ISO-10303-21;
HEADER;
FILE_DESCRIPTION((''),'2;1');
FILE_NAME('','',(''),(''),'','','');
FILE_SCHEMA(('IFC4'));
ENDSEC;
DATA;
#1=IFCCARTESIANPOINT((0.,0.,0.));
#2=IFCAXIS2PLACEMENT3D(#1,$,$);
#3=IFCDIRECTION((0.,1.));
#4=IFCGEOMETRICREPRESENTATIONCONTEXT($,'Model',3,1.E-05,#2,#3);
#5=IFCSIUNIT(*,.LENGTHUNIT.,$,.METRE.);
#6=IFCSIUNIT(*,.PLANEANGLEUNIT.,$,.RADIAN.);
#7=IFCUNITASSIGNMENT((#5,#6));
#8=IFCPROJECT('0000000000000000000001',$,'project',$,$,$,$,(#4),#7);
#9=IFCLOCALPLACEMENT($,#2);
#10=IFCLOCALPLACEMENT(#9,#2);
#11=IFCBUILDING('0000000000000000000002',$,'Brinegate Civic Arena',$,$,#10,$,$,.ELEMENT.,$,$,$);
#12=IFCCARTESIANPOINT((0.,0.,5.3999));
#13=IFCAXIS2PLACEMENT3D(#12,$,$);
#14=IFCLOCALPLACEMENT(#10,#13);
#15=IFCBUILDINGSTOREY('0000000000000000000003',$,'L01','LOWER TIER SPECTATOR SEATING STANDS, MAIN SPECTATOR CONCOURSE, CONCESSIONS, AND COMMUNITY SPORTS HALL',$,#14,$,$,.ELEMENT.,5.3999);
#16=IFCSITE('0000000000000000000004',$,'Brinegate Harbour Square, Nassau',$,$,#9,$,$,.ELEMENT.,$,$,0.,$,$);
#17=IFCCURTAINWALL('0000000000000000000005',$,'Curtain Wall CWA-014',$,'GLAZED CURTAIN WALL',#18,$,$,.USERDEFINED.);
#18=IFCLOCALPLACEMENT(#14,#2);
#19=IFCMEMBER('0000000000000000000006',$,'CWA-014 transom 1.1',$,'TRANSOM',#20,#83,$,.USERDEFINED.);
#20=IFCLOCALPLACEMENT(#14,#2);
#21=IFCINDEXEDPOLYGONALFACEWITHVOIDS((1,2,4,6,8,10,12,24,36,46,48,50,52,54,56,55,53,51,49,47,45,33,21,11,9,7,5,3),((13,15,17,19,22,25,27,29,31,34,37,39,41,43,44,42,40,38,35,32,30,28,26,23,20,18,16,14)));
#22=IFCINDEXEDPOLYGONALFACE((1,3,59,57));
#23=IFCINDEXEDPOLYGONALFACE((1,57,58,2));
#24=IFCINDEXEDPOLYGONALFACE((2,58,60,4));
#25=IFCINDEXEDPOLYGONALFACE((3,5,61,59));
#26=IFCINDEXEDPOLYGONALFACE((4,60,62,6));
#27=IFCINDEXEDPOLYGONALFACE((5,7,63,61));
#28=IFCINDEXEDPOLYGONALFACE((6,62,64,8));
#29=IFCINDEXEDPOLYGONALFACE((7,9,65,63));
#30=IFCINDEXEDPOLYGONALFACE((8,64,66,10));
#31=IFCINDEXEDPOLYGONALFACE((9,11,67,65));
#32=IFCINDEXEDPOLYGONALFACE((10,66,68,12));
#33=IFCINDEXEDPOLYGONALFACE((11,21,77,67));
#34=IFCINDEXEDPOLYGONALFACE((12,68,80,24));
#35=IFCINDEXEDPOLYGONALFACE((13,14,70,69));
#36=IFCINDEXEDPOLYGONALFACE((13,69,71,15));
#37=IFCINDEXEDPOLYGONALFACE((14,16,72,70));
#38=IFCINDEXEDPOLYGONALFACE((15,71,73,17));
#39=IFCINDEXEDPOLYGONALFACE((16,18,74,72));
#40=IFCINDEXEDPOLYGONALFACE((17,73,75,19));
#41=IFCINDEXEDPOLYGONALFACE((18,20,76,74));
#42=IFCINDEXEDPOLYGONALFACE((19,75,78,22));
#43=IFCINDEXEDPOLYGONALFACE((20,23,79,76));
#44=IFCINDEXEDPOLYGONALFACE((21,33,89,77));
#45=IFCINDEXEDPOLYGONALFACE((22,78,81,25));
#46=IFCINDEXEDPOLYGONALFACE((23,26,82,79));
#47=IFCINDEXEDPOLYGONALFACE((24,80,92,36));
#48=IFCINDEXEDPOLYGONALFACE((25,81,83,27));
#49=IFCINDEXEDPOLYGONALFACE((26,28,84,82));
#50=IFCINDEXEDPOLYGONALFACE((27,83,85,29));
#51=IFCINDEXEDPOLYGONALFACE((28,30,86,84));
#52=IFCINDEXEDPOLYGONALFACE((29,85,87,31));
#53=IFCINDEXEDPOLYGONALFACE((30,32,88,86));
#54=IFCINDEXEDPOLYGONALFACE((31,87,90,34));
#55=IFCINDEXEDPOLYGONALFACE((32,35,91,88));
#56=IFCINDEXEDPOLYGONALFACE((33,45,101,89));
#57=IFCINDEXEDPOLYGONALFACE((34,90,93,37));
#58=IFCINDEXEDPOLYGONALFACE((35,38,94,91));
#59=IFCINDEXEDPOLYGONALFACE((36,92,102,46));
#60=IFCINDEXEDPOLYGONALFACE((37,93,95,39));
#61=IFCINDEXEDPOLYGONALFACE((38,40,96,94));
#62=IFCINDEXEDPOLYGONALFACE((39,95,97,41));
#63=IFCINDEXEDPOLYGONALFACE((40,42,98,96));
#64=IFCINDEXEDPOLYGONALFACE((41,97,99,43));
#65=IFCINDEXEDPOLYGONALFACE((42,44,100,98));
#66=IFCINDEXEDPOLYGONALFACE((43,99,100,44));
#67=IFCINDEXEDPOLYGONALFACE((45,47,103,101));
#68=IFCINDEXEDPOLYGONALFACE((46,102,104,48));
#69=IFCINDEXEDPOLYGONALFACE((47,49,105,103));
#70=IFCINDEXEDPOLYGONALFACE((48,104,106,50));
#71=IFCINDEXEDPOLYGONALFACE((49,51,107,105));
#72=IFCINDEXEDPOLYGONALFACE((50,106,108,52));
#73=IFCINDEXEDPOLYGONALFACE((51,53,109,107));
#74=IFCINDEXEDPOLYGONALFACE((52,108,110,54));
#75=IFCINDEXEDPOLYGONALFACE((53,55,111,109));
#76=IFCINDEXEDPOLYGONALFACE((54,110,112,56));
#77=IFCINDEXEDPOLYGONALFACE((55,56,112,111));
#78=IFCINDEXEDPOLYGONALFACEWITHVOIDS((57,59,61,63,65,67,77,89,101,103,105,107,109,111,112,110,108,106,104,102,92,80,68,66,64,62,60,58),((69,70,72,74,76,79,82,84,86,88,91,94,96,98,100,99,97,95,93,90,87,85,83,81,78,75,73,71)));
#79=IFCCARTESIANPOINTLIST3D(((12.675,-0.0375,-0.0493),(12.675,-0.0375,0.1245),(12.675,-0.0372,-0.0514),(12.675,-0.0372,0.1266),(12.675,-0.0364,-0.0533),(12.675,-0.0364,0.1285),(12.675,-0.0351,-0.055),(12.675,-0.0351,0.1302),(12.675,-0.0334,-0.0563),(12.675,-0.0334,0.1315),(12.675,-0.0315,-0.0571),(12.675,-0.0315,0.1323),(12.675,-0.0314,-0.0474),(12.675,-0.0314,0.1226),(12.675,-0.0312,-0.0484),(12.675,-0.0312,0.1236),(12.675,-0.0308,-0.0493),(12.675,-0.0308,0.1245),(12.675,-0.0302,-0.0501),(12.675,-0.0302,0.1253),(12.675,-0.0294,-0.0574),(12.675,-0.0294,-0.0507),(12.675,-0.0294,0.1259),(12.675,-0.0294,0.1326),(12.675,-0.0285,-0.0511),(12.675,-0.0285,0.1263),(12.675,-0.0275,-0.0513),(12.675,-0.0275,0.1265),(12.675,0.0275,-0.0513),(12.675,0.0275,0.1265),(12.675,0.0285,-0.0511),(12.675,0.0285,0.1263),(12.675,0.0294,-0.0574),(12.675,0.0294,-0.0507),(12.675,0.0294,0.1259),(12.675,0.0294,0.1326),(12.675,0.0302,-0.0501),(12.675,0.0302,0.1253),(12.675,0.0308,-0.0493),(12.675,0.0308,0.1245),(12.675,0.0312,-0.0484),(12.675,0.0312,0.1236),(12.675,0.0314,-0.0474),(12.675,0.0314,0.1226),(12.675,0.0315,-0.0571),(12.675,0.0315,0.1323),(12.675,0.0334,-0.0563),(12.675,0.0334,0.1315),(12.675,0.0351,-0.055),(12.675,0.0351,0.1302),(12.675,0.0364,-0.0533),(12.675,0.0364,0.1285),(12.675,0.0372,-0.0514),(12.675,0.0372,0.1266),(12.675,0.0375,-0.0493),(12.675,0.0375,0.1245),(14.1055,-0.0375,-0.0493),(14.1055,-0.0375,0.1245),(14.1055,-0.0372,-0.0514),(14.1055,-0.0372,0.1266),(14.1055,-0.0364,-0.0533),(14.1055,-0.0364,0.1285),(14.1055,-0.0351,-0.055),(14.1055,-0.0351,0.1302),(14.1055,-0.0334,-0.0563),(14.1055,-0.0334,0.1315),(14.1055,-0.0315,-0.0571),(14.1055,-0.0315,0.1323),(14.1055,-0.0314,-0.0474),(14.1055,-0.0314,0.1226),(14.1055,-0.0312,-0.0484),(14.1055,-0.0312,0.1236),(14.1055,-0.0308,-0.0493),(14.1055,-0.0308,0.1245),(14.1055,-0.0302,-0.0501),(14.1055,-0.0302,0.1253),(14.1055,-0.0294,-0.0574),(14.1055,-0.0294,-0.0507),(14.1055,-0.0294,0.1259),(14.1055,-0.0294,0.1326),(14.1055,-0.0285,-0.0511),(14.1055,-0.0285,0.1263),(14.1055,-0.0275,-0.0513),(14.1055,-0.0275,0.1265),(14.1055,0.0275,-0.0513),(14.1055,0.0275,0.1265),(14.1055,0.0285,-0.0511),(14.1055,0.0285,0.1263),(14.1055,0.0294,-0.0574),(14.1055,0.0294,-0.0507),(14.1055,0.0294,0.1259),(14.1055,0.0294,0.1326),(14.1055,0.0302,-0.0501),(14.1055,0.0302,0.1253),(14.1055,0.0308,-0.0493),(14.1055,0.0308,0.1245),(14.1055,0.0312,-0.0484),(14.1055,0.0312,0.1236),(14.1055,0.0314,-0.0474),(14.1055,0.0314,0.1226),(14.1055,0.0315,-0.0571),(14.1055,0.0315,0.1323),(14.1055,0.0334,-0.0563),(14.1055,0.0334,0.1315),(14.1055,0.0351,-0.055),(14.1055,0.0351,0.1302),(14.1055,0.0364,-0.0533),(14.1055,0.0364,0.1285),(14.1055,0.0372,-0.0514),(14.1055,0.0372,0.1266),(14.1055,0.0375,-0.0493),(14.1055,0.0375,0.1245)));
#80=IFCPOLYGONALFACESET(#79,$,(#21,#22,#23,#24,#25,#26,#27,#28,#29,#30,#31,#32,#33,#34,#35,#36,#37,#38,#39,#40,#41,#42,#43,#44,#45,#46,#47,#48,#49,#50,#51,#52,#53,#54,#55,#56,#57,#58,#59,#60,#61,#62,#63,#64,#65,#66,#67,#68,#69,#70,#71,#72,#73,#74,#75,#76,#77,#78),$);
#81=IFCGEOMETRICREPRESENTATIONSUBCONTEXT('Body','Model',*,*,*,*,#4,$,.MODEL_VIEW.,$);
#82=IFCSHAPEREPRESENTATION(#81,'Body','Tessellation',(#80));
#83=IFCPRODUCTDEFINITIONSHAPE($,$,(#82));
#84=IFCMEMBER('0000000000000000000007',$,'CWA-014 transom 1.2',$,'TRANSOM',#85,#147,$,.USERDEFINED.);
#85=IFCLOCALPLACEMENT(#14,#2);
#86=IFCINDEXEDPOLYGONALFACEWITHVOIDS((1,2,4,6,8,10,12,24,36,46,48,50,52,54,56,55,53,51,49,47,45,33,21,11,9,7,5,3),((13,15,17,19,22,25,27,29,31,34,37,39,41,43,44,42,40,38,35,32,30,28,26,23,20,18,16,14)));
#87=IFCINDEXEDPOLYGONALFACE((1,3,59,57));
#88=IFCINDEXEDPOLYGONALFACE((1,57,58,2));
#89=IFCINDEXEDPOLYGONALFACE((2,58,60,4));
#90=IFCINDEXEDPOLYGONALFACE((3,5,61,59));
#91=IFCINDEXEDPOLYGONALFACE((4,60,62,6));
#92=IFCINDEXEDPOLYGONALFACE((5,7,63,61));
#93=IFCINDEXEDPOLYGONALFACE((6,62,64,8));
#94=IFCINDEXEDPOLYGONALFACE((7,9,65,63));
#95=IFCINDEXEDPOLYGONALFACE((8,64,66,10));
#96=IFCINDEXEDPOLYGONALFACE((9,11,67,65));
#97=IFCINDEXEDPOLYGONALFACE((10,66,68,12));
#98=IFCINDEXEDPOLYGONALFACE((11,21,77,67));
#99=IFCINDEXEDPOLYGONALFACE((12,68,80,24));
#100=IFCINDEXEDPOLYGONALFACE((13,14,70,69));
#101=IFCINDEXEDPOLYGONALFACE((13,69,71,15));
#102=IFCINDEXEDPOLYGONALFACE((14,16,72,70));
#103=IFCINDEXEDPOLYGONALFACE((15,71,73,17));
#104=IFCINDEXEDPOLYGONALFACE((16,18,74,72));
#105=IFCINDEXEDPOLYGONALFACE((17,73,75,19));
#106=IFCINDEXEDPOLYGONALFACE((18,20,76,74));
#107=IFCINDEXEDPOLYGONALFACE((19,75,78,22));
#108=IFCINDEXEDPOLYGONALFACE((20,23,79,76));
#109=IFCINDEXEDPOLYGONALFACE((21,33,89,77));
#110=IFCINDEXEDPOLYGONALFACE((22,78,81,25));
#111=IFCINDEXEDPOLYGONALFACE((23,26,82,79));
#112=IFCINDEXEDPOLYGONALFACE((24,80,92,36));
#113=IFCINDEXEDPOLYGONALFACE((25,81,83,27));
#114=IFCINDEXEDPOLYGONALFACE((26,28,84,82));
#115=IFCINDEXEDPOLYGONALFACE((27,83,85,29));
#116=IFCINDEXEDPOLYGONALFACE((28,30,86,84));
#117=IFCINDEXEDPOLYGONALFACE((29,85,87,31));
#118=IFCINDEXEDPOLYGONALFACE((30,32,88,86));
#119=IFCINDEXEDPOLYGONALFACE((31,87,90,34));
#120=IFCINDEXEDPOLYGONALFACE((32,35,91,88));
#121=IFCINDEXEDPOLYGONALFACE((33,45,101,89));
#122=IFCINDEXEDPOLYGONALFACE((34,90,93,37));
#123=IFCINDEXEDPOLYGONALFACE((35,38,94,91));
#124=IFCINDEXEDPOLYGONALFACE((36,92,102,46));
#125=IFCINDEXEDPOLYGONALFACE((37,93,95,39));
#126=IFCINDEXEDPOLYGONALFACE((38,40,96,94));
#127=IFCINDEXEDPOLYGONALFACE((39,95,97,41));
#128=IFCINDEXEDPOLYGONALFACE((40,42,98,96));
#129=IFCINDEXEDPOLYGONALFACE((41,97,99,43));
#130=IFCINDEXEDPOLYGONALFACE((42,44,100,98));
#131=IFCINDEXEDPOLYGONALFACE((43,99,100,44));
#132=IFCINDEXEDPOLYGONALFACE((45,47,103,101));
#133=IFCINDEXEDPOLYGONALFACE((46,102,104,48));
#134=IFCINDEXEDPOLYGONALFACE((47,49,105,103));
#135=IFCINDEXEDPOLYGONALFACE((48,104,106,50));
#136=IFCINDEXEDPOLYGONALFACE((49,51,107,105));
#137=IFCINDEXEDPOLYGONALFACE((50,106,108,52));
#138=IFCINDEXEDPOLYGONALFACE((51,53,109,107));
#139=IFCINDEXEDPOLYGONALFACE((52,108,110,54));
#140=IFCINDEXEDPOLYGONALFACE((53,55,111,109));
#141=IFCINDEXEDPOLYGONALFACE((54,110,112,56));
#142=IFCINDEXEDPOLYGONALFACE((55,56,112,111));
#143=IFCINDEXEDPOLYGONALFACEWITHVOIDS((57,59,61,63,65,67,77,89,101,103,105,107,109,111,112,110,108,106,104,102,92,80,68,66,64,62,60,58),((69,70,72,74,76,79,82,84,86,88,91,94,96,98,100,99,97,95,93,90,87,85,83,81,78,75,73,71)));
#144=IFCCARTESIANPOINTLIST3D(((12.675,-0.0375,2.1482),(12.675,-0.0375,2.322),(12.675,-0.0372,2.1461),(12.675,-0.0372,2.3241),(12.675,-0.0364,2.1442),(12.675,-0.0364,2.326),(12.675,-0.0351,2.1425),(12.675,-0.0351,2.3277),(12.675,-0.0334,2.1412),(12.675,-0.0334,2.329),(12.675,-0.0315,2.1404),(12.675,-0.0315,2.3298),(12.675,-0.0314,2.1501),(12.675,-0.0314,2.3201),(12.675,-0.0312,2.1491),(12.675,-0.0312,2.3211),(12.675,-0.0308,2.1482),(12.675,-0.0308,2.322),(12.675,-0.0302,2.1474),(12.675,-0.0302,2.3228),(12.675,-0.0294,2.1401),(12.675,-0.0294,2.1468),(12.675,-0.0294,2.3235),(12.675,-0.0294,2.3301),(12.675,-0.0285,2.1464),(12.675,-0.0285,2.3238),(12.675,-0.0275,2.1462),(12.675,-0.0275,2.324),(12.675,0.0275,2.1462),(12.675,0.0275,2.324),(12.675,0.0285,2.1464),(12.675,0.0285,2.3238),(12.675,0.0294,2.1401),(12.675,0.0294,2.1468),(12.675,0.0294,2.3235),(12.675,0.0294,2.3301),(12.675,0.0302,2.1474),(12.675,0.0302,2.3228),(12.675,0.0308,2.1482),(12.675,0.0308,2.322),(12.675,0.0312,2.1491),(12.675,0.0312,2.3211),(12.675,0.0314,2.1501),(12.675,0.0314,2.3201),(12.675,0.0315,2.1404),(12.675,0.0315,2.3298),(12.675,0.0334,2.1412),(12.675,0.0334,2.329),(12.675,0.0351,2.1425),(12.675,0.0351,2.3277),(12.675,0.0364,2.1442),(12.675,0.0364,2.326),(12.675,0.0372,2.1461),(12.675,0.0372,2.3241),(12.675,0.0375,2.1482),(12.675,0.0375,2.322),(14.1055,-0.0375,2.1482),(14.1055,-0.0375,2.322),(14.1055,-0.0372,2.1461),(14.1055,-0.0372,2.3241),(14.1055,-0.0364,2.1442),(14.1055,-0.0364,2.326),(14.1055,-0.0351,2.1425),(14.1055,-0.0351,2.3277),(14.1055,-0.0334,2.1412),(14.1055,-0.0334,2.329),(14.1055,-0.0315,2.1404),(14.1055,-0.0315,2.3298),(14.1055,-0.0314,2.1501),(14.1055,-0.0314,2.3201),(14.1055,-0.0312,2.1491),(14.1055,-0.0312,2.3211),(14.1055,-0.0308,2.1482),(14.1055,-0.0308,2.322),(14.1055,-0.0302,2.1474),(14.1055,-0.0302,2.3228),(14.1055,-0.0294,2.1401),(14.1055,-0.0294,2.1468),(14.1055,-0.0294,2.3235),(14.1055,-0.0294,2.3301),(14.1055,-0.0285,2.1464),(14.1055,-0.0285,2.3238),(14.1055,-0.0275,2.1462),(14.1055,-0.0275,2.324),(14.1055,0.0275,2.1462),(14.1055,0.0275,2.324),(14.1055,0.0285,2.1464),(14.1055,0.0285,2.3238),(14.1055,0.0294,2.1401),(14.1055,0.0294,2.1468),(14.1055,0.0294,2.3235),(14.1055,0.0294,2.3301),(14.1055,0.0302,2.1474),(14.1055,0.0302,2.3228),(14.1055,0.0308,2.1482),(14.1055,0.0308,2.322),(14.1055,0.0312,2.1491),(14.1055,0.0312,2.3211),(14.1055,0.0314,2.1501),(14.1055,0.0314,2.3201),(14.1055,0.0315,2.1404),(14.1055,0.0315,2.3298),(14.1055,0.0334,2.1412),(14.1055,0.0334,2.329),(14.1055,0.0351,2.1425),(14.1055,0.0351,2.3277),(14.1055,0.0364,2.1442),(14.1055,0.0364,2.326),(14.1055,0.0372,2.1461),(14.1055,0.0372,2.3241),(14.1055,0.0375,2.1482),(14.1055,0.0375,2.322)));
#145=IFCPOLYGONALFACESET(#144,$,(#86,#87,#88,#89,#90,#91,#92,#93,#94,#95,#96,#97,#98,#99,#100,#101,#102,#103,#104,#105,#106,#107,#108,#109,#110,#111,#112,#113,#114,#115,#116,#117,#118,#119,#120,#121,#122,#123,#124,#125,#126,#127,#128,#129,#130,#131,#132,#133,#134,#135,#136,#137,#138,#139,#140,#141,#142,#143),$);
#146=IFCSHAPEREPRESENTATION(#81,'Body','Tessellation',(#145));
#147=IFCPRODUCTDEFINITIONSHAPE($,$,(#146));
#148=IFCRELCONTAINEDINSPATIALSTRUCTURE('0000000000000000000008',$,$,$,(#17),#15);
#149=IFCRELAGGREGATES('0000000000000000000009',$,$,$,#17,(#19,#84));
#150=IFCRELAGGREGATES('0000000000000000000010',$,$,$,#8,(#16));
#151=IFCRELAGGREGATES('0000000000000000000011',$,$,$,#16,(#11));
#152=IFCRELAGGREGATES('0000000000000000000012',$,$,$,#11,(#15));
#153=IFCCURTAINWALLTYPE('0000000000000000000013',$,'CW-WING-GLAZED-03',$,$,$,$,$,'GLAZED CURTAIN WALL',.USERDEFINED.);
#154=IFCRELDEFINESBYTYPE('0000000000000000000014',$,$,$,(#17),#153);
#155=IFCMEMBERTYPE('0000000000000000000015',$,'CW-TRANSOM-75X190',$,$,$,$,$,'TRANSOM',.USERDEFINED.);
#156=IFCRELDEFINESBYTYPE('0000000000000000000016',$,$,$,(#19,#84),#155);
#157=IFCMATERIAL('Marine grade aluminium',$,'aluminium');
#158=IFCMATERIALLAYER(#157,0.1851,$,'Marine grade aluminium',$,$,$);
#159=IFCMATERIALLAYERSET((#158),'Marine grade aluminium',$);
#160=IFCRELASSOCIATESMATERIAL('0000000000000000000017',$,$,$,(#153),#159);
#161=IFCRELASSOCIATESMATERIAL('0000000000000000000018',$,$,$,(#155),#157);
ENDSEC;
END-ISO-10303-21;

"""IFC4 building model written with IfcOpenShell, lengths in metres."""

from ifc_helpers import new_model, si_unit, direction, frame, origin, origin_2d, place, context, subcontext, project, spatial, hollow_rectangle, extrude, material, layer, layer_set, material_profile, profile_set, type_object, element, aggregate, save


model = new_model("IFC4")

# Units and contexts
model_context = context("Model", 3, precision=1e-05, world=origin(), true_north=direction((0.0, 1.0)))
body_context = subcontext(model_context, "Body", "Model", "MODEL_VIEW")
ifc_project = project(units=[si_unit("LENGTHUNIT", "METRE"), si_unit("PLANEANGLEUNIT", "RADIAN")], contexts=[model_context])

# Site, building, storey
site_placement = place(None, origin())
site = spatial("IfcSite", under=ifc_project, at=site_placement, Name="Brinegate Harbour Square, Nassau", CompositionType="ELEMENT", RefElevation=0.0)
building_placement = place(site_placement, origin())
building = spatial("IfcBuilding", under=site, at=building_placement, Name="Brinegate Civic Arena", CompositionType="ELEMENT")
storey_placement = place(building_placement, frame((0.0, 0.0, 5.3999)))
storey = spatial("IfcBuildingStorey", under=building, at=storey_placement, Name="L01", Description="LOWER TIER SPECTATOR SEATING STANDS, MAIN SPECTATOR CONCOURSE, CONCESSIONS, AND COMMUNITY SPORTS HALL", CompositionType="ELEMENT", Elevation=5.3999)

# Curtain wall, members
ifc_material_1 = material(Name="Marine grade aluminium", Category="aluminium")
ifc_layer_1 = layer(ifc_material_1, 0.1851, Name="Marine grade aluminium")
ifc_layer_set_1 = layer_set([ifc_layer_1], Name="Marine grade aluminium")
curtain_wall_type = type_object("IfcCurtainWallType", Name="CW-WING-GLAZED-03", ElementType="GLAZED CURTAIN WALL", PredefinedType="USERDEFINED", material=ifc_layer_set_1)
curtain_wall_placement = place(storey_placement, origin())
curtain_wall = element("IfcCurtainWall", 1, at=curtain_wall_placement, inside=storey, type_object=curtain_wall_type, Name="Curtain Wall CWA-014", ObjectType="GLAZED CURTAIN WALL", PredefinedType="USERDEFINED")
ifc_material_profile_1 = material_profile(ifc_material_1, hollow_rectangle(XDim=0.075, YDim=0.1899, WallThickness=0.0061, InnerFilletRadius=0.0039, OuterFilletRadius=0.0081, at=origin_2d()), Name="TRN75X190")
ifc_profile_set_1 = profile_set([ifc_material_profile_1], Name="Marine grade aluminium")
member_type_1 = type_object("IfcMemberType", Name="CW-TRANSOM-75X190", ElementType="TRANSOM", PredefinedType="USERDEFINED", material=ifc_profile_set_1)
member_1_placement = place(storey_placement, frame((12.675, 0.0, 0.0376), z_axis=(1.0, 0.0, 0.0), x_axis=(0.0, 1.0, 0.0)))
member_1 = element("IfcMember", 2, at=member_1_placement, type_object=member_type_1, Name="CWA-014 transom 1.1", ObjectType="TRANSOM", PredefinedType="USERDEFINED", context=body_context, shape_type="SweptSolid", body=[
    extrude(hollow_rectangle(XDim=0.075, YDim=0.1899, WallThickness=0.0061, InnerFilletRadius=0.0039, OuterFilletRadius=0.0081, at=origin_2d()), origin(), (0.0, 0.0, 1.0), 1.4304),
])
member_2_placement = place(storey_placement, frame((12.675, 0.0, 2.2351), z_axis=(1.0, 0.0, 0.0), x_axis=(0.0, 1.0, 0.0)))
member_2 = element("IfcMember", 3, at=member_2_placement, type_object=member_type_1, Name="CWA-014 transom 1.2", ObjectType="TRANSOM", PredefinedType="USERDEFINED", context=body_context, shape_type="SweptSolid", body=[
    extrude(hollow_rectangle(XDim=0.075, YDim=0.1899, WallThickness=0.0061, InnerFilletRadius=0.0039, OuterFilletRadius=0.0081, at=origin_2d()), origin(), (0.0, 0.0, 1.0), 1.4304),
])
aggregate(curtain_wall, [member_1, member_2])

save(model, "model.ifc")
